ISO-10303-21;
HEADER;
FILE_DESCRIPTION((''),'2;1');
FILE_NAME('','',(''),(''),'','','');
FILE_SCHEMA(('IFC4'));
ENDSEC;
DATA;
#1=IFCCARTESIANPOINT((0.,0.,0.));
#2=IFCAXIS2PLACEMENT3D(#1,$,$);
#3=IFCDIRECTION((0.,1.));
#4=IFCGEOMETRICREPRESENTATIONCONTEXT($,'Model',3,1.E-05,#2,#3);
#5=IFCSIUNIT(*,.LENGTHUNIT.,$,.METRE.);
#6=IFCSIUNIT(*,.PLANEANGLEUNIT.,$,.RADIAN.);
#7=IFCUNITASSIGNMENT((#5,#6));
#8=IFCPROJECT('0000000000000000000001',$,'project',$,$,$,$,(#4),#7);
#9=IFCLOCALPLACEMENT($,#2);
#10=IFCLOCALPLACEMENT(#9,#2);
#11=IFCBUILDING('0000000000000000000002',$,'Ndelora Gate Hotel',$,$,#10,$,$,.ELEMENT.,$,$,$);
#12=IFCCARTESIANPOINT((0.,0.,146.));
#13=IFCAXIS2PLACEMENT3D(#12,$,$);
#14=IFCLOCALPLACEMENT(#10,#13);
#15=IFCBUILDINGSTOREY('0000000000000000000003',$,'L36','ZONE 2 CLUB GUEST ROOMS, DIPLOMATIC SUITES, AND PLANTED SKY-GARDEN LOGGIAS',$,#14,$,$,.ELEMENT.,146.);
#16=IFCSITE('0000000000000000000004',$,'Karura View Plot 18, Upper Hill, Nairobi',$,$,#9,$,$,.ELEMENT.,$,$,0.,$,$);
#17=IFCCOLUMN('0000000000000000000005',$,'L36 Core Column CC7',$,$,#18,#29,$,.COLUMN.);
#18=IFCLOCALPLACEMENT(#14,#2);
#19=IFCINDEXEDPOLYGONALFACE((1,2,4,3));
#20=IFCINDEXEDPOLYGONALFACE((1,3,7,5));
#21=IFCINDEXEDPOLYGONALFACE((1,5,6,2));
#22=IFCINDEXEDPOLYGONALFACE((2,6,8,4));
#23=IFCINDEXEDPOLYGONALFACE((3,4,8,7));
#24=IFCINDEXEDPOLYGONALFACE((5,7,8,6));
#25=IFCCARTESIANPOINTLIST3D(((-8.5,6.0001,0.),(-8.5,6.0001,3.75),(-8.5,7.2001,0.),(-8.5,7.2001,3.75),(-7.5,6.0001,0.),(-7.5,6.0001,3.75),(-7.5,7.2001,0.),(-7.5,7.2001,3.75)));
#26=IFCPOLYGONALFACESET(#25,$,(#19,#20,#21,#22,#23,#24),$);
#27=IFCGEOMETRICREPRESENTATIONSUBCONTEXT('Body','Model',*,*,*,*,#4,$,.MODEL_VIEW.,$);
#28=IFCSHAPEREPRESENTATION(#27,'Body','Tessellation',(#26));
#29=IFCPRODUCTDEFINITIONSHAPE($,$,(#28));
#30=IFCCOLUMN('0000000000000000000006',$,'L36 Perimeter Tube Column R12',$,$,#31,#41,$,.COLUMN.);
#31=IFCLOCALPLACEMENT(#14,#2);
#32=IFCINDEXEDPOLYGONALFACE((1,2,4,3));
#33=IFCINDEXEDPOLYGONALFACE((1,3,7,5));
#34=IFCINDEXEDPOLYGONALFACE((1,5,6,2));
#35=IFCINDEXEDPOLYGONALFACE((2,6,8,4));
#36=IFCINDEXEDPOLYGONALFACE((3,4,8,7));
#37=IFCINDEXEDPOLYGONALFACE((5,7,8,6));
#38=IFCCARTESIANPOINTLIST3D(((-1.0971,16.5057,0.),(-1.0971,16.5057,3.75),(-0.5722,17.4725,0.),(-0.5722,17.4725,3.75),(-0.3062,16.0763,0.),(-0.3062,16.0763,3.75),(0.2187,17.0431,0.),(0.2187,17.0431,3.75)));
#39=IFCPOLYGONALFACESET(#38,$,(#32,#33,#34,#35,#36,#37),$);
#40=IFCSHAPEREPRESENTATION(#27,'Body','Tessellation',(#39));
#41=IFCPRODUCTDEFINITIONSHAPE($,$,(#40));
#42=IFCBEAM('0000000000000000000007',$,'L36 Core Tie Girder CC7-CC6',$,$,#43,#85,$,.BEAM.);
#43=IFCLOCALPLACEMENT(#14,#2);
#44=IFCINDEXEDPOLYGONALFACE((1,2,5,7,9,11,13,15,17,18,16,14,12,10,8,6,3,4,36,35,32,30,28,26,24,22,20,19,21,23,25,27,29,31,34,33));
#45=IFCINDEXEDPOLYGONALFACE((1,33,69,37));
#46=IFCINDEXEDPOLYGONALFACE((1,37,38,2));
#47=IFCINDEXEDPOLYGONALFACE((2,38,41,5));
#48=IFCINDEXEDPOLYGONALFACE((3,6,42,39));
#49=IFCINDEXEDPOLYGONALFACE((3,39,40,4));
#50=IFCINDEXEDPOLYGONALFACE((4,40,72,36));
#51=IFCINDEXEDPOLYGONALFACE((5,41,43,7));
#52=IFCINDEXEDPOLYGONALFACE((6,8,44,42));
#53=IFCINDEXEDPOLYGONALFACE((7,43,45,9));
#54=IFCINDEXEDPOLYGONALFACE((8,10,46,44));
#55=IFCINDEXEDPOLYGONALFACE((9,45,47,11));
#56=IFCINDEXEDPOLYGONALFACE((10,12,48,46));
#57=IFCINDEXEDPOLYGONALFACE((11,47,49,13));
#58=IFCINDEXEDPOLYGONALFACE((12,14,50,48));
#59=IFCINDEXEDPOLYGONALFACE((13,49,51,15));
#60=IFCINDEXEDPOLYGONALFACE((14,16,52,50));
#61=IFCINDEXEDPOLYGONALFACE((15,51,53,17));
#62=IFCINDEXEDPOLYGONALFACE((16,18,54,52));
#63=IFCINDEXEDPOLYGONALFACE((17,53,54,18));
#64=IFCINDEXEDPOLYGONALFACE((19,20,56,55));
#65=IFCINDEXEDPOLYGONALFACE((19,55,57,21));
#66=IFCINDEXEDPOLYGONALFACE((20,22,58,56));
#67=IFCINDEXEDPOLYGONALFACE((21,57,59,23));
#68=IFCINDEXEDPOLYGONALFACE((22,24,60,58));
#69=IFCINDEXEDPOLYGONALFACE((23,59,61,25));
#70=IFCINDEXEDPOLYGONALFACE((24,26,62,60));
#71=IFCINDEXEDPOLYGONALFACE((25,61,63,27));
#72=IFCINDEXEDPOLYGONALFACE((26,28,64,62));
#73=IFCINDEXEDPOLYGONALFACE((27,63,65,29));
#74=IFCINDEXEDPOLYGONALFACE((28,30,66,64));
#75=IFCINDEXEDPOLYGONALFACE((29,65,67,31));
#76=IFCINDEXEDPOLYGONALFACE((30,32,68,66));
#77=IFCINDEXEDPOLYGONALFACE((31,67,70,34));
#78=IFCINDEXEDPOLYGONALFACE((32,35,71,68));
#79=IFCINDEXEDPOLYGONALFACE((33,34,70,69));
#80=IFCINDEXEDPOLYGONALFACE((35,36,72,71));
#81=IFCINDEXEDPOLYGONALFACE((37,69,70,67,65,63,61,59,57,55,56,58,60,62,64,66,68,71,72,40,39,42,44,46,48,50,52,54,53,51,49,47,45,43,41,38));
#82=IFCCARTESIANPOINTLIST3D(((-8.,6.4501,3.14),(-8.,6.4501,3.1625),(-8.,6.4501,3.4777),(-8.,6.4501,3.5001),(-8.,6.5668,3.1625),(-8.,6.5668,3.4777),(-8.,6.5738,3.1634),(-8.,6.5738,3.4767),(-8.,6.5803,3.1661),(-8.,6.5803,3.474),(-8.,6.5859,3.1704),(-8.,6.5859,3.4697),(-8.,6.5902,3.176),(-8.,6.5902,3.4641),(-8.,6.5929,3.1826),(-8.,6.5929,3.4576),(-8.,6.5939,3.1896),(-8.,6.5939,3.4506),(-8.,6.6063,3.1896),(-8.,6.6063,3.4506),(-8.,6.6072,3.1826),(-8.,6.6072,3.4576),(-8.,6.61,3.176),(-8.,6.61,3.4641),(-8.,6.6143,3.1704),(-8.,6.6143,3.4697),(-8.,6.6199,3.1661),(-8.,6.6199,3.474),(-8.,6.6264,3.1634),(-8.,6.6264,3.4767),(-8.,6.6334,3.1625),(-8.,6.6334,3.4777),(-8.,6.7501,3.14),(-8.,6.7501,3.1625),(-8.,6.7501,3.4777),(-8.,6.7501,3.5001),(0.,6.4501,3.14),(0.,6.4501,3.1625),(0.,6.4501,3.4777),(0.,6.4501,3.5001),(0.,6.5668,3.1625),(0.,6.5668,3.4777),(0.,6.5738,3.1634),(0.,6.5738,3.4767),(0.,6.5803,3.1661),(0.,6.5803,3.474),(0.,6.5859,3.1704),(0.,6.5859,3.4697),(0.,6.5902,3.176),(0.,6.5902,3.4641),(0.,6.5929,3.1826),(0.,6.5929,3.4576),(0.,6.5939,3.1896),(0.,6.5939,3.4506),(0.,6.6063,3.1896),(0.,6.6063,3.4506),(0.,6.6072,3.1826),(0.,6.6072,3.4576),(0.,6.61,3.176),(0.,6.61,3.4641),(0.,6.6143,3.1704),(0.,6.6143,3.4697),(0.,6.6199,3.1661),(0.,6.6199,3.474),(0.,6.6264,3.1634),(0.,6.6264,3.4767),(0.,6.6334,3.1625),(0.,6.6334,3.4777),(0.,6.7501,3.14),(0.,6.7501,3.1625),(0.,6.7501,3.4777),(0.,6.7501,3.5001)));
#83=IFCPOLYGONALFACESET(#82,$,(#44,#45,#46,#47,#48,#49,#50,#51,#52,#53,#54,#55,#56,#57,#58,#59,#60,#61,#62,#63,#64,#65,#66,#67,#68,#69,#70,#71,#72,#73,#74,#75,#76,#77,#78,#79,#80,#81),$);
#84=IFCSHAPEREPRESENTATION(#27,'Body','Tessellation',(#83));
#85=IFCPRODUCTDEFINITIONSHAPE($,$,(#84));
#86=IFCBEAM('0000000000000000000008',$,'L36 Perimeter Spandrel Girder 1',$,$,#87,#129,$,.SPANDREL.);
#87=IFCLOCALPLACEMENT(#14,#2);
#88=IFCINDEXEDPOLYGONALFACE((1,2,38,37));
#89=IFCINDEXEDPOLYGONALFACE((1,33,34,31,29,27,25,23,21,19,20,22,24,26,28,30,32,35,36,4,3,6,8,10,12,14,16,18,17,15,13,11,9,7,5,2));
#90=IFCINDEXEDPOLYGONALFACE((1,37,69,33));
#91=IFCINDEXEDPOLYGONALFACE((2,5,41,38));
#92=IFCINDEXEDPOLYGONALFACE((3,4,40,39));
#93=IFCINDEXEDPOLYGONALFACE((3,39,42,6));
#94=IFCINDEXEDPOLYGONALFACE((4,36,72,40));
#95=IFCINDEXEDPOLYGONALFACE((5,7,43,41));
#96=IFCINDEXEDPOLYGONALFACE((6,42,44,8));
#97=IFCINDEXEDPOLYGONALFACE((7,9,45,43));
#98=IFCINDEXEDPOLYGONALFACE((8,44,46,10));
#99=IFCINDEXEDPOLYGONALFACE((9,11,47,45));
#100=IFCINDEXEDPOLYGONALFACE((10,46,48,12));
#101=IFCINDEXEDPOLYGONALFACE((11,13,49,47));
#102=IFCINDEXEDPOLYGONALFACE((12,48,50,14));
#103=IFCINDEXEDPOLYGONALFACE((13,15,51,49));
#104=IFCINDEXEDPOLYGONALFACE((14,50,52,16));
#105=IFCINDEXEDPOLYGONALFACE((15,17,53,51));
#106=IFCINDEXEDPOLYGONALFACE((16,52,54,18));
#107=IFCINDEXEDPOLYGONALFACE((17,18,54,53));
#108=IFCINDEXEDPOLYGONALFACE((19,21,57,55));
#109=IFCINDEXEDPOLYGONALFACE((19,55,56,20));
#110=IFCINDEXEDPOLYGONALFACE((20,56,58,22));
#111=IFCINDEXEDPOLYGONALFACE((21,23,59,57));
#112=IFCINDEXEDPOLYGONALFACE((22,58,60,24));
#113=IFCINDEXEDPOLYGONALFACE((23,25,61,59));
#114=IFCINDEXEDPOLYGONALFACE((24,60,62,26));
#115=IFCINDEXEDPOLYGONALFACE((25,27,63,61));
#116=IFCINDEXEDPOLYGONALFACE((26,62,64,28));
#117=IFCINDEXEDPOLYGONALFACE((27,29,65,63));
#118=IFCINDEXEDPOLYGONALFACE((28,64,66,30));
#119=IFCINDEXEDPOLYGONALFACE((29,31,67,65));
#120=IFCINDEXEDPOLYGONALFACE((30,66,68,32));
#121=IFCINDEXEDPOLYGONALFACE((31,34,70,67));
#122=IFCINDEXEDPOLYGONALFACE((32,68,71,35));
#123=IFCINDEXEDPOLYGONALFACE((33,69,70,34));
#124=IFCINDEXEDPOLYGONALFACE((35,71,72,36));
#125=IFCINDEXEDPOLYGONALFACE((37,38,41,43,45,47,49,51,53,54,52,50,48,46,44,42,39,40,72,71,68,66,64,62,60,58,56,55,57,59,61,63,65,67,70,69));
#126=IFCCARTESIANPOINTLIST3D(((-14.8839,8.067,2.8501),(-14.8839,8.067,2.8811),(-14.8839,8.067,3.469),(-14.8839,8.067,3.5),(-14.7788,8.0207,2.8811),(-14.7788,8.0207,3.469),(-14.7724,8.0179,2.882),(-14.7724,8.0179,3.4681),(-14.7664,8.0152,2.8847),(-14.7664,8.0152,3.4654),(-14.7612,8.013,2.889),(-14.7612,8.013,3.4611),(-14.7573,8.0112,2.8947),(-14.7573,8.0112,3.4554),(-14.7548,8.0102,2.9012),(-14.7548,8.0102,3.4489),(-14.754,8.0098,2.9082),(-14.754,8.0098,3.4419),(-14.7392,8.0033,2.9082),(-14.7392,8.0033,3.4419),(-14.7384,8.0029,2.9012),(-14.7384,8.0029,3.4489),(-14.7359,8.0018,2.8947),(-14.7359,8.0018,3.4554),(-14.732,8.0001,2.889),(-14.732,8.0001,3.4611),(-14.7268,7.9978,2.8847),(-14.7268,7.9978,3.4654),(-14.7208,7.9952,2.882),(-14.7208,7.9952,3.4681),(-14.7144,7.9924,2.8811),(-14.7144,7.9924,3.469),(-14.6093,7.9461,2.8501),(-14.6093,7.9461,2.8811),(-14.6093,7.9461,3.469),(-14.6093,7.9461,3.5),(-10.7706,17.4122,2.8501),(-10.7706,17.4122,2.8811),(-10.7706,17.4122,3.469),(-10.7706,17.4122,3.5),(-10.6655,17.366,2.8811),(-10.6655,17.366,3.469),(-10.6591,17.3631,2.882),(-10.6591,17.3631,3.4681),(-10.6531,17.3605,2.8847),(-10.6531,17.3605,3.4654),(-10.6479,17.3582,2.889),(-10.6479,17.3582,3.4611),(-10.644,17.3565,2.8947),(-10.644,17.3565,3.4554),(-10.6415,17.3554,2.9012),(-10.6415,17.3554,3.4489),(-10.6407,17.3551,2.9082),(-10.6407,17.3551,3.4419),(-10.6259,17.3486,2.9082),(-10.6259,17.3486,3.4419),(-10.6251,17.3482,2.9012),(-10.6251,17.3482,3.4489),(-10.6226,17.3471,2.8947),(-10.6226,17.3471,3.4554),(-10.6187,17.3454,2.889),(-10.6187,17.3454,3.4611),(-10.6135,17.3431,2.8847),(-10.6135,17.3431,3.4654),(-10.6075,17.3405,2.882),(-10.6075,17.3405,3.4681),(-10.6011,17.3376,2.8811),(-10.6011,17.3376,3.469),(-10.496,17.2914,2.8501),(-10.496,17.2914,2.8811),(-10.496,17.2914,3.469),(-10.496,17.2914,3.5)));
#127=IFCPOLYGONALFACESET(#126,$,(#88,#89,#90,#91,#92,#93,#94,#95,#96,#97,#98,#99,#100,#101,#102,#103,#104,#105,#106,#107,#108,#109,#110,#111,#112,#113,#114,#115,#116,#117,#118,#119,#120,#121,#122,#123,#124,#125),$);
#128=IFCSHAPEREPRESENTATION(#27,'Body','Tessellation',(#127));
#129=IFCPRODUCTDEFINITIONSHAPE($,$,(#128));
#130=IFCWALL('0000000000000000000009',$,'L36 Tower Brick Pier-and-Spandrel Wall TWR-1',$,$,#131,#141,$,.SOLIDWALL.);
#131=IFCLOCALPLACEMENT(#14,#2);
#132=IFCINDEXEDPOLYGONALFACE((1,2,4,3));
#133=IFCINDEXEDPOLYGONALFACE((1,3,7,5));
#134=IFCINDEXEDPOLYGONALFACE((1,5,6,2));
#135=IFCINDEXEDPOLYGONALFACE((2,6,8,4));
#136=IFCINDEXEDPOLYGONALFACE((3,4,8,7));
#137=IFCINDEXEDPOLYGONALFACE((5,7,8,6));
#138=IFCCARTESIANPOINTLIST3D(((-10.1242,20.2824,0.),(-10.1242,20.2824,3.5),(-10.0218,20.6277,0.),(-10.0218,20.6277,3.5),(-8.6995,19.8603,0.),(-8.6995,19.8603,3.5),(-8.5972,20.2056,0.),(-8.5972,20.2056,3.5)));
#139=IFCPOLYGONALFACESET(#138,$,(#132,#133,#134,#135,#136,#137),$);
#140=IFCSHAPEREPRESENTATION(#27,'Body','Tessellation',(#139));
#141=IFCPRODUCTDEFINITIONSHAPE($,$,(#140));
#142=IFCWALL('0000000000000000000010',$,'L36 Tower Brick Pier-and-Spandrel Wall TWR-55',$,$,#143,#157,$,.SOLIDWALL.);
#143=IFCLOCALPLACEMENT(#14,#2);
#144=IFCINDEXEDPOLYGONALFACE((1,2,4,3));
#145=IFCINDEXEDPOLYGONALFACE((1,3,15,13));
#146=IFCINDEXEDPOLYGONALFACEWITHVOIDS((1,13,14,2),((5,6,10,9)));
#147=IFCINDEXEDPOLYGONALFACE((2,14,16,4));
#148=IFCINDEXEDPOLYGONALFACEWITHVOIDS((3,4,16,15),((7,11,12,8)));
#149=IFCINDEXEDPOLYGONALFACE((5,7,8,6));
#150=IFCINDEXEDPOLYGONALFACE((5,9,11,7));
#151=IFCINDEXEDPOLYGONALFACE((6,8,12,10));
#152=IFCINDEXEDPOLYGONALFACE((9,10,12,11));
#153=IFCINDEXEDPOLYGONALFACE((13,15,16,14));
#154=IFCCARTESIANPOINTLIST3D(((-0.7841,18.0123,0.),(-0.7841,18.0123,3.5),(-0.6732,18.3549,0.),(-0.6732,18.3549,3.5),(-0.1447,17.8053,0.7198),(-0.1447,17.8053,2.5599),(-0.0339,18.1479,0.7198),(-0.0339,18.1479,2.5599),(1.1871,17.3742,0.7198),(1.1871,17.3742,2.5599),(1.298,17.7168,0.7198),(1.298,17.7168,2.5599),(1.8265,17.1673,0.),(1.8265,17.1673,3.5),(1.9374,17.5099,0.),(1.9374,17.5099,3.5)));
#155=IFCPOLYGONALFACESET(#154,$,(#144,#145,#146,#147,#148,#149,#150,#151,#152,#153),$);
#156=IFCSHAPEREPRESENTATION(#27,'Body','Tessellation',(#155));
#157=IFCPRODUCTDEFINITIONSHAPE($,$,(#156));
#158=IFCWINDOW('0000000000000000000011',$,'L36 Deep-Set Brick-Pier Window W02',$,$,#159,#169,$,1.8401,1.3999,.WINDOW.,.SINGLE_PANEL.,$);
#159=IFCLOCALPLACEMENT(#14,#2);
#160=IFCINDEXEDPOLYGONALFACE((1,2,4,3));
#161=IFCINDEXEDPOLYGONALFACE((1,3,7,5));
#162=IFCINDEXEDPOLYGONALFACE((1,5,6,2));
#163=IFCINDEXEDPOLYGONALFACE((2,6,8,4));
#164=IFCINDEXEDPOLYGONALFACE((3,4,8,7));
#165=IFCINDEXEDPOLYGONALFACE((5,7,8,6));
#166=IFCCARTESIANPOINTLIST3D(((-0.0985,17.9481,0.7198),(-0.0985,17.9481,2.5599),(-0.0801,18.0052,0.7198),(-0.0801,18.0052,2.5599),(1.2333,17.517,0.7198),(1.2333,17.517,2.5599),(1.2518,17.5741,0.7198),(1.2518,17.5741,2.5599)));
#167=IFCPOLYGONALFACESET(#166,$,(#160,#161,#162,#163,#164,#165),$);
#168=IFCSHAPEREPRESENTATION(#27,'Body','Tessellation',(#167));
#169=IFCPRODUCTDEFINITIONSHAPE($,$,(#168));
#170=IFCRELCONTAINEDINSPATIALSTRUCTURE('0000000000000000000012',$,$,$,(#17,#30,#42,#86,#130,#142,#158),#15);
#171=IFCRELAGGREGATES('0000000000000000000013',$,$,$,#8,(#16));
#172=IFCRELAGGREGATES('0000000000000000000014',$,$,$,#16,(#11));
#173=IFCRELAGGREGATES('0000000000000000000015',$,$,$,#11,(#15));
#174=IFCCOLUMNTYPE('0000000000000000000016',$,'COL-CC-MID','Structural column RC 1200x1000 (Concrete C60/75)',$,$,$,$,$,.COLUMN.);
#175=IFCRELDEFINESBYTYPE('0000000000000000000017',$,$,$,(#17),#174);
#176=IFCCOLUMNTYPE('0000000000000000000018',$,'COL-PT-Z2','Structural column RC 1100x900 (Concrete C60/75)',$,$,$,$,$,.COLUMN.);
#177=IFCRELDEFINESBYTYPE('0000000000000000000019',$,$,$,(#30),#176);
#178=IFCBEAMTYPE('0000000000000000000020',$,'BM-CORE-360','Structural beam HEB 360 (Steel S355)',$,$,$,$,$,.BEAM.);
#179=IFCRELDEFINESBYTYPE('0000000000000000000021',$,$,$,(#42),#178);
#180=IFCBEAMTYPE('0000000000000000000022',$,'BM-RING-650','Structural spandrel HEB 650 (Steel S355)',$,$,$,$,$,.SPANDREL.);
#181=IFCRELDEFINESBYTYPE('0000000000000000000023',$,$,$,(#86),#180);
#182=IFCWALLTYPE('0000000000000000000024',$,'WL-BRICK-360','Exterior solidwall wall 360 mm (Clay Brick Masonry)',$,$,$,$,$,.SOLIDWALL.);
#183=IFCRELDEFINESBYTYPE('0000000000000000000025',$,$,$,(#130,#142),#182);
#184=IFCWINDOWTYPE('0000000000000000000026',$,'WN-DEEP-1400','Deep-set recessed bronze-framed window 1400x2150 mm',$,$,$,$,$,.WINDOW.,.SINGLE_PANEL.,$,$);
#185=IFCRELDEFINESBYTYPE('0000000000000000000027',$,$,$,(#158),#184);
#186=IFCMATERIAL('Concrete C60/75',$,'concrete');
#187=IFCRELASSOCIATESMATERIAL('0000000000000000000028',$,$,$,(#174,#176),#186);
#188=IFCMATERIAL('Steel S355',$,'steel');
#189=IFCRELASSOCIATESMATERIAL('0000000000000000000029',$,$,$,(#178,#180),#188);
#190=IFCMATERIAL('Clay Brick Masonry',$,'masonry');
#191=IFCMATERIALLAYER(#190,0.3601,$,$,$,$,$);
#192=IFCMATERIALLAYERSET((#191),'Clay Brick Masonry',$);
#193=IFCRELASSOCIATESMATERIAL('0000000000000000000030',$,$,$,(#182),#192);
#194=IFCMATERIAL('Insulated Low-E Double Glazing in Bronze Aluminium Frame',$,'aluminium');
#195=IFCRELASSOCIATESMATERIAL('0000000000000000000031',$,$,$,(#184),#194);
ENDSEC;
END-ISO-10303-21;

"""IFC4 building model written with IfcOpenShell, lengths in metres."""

from ifc_helpers import new_model, si_unit, direction, frame, frame_2d, origin, origin_2d, place, context, subcontext, project, spatial, rectangle, i_section, extrude, material, layer, layer_set, material_profile, profile_set, type_object, element, fill, save


model = new_model("IFC4")

# Units and contexts
model_context = context("Model", 3, precision=1e-05, world=origin(), true_north=direction((0.0, 1.0)))
body_context = subcontext(model_context, "Body", "Model", "MODEL_VIEW")
ifc_project = project(units=[si_unit("LENGTHUNIT", "METRE"), si_unit("PLANEANGLEUNIT", "RADIAN")], contexts=[model_context])

# Site, building, storey
site_placement = place(None, origin())
site = spatial("IfcSite", under=ifc_project, at=site_placement, Name="Karura View Plot 18, Upper Hill, Nairobi", CompositionType="ELEMENT", RefElevation=0.0)
building_placement = place(site_placement, origin())
building = spatial("IfcBuilding", under=site, at=building_placement, Name="Ndelora Gate Hotel", CompositionType="ELEMENT")
storey_placement = place(building_placement, frame((0.0, 0.0, 146.0)))
storey = spatial("IfcBuildingStorey", under=building, at=storey_placement, Name="L36", Description="ZONE 2 CLUB GUEST ROOMS, DIPLOMATIC SUITES, AND PLANTED SKY-GARDEN LOGGIAS", CompositionType="ELEMENT", Elevation=146.0)

# Columns
ifc_material_1 = material(Name="Concrete C60/75", Category="concrete")
ifc_material_profile_1 = material_profile(ifc_material_1, rectangle(XDim=1.0, YDim=1.2, at=origin_2d()), Name="RC 1200x1000")
ifc_profile_set_1 = profile_set([ifc_material_profile_1], Name="Concrete C60/75")
column_type_1 = type_object("IfcColumnType", Name="COL-CC-MID", Description="Structural column RC 1200x1000 (Concrete C60/75)", PredefinedType="COLUMN", material=ifc_profile_set_1)
column_1_placement = place(storey_placement, frame((-8.0, 6.6001, 0.0), z_axis=(0.0, 0.0, 1.0), x_axis=(1.0, 0.0, 0.0)))
element("IfcColumn", 1, at=column_1_placement, inside=storey, type_object=column_type_1, Name="L36 Core Column CC7", PredefinedType="COLUMN", context=body_context, shape_type="SweptSolid", body=[
    extrude(rectangle(XDim=1.0, YDim=1.2, at=origin_2d()), origin(), (0.0, 0.0, 1.0), 3.75),
])
ifc_material_profile_2 = material_profile(ifc_material_1, rectangle(XDim=0.8999, YDim=1.1001, at=origin_2d()), Name="RC 1100x900")
ifc_profile_set_2 = profile_set([ifc_material_profile_2], Name="Concrete C60/75")
column_type_2 = type_object("IfcColumnType", Name="COL-PT-Z2", Description="Structural column RC 1100x900 (Concrete C60/75)", PredefinedType="COLUMN", material=ifc_profile_set_2)
column_2_placement = place(storey_placement, frame((-0.4392, 16.7744, 0.0), z_axis=(0.0, 0.0, 1.0), x_axis=(-0.878817, 0.477159, 0.0)))
element("IfcColumn", 2, at=column_2_placement, inside=storey, type_object=column_type_2, Name="L36 Perimeter Tube Column R12", PredefinedType="COLUMN", context=body_context, shape_type="SweptSolid", body=[
    extrude(rectangle(XDim=0.8999, YDim=1.1001, at=origin_2d()), origin(), (0.0, 0.0, 1.0), 3.75),
])

# Beams
ifc_material_2 = material(Name="Steel S355", Category="steel")
ifc_material_profile_3 = material_profile(ifc_material_2, i_section(OverallWidth=0.3, OverallDepth=0.3601, WebThickness=0.0125, FlangeThickness=0.0225, FilletRadius=0.0271, at=origin_2d()), Name="HEB 360")
ifc_profile_set_3 = profile_set([ifc_material_profile_3], Name="Steel S355")
beam_type_1 = type_object("IfcBeamType", Name="BM-CORE-360", Description="Structural beam HEB 360 (Steel S355)", PredefinedType="BEAM", material=ifc_profile_set_3)
beam_1_placement = place(storey_placement, frame((-8.0, 6.6001, 3.3201), z_axis=(1.0, 0.0, 0.0), x_axis=(0.0, 1.0, 0.0)))
element("IfcBeam", 3, at=beam_1_placement, inside=storey, type_object=beam_type_1, Name="L36 Core Tie Girder CC7-CC6", PredefinedType="BEAM", context=body_context, shape_type="SweptSolid", body=[
    extrude(i_section(OverallWidth=0.3, OverallDepth=0.3601, WebThickness=0.0125, FlangeThickness=0.0225, FilletRadius=0.0271, at=origin_2d()), origin(), (0.0, 0.0, 1.0), 8.0),
])
ifc_material_profile_4 = material_profile(ifc_material_2, i_section(OverallWidth=0.3, OverallDepth=0.6499, WebThickness=0.0161, FlangeThickness=0.031, FilletRadius=0.0271, at=origin_2d()), Name="HEB 650")
ifc_profile_set_4 = profile_set([ifc_material_profile_4], Name="Steel S355")
beam_type_2 = type_object("IfcBeamType", Name="BM-RING-650", Description="Structural spandrel HEB 650 (Steel S355)", PredefinedType="SPANDREL", material=ifc_profile_set_4)
beam_2_placement = place(storey_placement, frame((-10.6333, 17.3518, 3.175), z_axis=(-0.402852, -0.915265, 0.0), x_axis=(0.915265, -0.402852, 0.0)))
element("IfcBeam", 4, at=beam_2_placement, inside=storey, type_object=beam_type_2, Name="L36 Perimeter Spandrel Girder 1", PredefinedType="SPANDREL", context=body_context, shape_type="SweptSolid", body=[
    extrude(i_section(OverallWidth=0.3, OverallDepth=0.6499, WebThickness=0.0161, FlangeThickness=0.031, FilletRadius=0.0271, at=origin_2d()), origin(), (0.0, 0.0, 1.0), 10.2104),
])

# Wall
ifc_material_3 = material(Name="Clay Brick Masonry", Category="masonry")
ifc_layer_1 = layer(ifc_material_3, 0.3601)
ifc_layer_set_1 = layer_set([ifc_layer_1], Name="Clay Brick Masonry")
wall_type_1 = type_object("IfcWallType", Name="WL-BRICK-360", Description="Exterior solidwall wall 360 mm (Clay Brick Masonry)", PredefinedType="SOLIDWALL", material=ifc_layer_set_1)
wall_1_placement = place(storey_placement, frame((-10.073, 20.4551, 0.0), z_axis=(0.0, 0.0, 1.0), x_axis=(0.958793, -0.284105, 0.0)))
element("IfcWall", 5, at=wall_1_placement, inside=storey, type_object=wall_type_1, Name="L36 Tower Brick Pier-and-Spandrel Wall TWR-1", PredefinedType="SOLIDWALL", context=body_context, shape_type="SweptSolid", body=[
    extrude(rectangle(XDim=1.4858, YDim=0.3601, at=frame_2d((0.7429, 0.0))), origin(), (0.0, 0.0, 1.0), 3.5),
])

# Wall, opening, window
wall_2_placement = place(storey_placement, frame((-0.7288, 18.1836, 0.0), z_axis=(0.0, 0.0, 1.0), x_axis=(0.951405, -0.307941, 0.0)))
wall_2 = element("IfcWall", 6, at=wall_2_placement, inside=storey, type_object=wall_type_1, Name="L36 Tower Brick Pier-and-Spandrel Wall TWR-55", PredefinedType="SOLIDWALL", context=body_context, shape_type="SweptSolid", body=[
    extrude(rectangle(XDim=2.7439, YDim=0.3601, at=frame_2d((1.3721, 0.0))), origin(), (0.0, 0.0, 1.0), 3.5),
])
opening_1_placement = place(wall_2_placement, frame((0.6721, 0.0, 0.72)))
opening_1 = element("IfcOpeningElement", 7, at=opening_1_placement, cuts=wall_2, PredefinedType="OPENING", context=body_context, shape_type="SweptSolid", body=[
    extrude(rectangle(XDim=1.3999, YDim=1.8401, at=frame_2d((0.7, 0.9199))), frame((0.0, 0.1899, 0.0), z_axis=(0.0, -1.0, 0.0), x_axis=(1.0, 0.0, 0.0)), (0.0, 0.0, 1.0), 0.3801),
])
ifc_material_4 = material(Name="Insulated Low-E Double Glazing in Bronze Aluminium Frame", Category="aluminium")
window_type_1 = type_object("IfcWindowType", Name="WN-DEEP-1400", Description="Deep-set recessed bronze-framed window 1400x2150 mm", PartitioningType="SINGLE_PANEL", PredefinedType="WINDOW", material=ifc_material_4)
window_1_placement = place(opening_1_placement, origin())
window_1 = element("IfcWindow", 8, at=window_1_placement, inside=storey, type_object=window_type_1, Name="L36 Deep-Set Brick-Pier Window W02", OverallHeight=1.8401, OverallWidth=1.3999, PartitioningType="SINGLE_PANEL", PredefinedType="WINDOW", context=body_context, shape_type="SweptSolid", body=[
    extrude(rectangle(XDim=1.3999, YDim=1.8401, at=frame_2d((0.7, 0.9199))), frame((0.0, 0.03, 0.0), z_axis=(0.0, -1.0, 0.0), x_axis=(1.0, 0.0, 0.0)), (0.0, 0.0, 1.0), 0.0601),
])
fill(opening_1, window_1)

save(model, "model.ifc")
